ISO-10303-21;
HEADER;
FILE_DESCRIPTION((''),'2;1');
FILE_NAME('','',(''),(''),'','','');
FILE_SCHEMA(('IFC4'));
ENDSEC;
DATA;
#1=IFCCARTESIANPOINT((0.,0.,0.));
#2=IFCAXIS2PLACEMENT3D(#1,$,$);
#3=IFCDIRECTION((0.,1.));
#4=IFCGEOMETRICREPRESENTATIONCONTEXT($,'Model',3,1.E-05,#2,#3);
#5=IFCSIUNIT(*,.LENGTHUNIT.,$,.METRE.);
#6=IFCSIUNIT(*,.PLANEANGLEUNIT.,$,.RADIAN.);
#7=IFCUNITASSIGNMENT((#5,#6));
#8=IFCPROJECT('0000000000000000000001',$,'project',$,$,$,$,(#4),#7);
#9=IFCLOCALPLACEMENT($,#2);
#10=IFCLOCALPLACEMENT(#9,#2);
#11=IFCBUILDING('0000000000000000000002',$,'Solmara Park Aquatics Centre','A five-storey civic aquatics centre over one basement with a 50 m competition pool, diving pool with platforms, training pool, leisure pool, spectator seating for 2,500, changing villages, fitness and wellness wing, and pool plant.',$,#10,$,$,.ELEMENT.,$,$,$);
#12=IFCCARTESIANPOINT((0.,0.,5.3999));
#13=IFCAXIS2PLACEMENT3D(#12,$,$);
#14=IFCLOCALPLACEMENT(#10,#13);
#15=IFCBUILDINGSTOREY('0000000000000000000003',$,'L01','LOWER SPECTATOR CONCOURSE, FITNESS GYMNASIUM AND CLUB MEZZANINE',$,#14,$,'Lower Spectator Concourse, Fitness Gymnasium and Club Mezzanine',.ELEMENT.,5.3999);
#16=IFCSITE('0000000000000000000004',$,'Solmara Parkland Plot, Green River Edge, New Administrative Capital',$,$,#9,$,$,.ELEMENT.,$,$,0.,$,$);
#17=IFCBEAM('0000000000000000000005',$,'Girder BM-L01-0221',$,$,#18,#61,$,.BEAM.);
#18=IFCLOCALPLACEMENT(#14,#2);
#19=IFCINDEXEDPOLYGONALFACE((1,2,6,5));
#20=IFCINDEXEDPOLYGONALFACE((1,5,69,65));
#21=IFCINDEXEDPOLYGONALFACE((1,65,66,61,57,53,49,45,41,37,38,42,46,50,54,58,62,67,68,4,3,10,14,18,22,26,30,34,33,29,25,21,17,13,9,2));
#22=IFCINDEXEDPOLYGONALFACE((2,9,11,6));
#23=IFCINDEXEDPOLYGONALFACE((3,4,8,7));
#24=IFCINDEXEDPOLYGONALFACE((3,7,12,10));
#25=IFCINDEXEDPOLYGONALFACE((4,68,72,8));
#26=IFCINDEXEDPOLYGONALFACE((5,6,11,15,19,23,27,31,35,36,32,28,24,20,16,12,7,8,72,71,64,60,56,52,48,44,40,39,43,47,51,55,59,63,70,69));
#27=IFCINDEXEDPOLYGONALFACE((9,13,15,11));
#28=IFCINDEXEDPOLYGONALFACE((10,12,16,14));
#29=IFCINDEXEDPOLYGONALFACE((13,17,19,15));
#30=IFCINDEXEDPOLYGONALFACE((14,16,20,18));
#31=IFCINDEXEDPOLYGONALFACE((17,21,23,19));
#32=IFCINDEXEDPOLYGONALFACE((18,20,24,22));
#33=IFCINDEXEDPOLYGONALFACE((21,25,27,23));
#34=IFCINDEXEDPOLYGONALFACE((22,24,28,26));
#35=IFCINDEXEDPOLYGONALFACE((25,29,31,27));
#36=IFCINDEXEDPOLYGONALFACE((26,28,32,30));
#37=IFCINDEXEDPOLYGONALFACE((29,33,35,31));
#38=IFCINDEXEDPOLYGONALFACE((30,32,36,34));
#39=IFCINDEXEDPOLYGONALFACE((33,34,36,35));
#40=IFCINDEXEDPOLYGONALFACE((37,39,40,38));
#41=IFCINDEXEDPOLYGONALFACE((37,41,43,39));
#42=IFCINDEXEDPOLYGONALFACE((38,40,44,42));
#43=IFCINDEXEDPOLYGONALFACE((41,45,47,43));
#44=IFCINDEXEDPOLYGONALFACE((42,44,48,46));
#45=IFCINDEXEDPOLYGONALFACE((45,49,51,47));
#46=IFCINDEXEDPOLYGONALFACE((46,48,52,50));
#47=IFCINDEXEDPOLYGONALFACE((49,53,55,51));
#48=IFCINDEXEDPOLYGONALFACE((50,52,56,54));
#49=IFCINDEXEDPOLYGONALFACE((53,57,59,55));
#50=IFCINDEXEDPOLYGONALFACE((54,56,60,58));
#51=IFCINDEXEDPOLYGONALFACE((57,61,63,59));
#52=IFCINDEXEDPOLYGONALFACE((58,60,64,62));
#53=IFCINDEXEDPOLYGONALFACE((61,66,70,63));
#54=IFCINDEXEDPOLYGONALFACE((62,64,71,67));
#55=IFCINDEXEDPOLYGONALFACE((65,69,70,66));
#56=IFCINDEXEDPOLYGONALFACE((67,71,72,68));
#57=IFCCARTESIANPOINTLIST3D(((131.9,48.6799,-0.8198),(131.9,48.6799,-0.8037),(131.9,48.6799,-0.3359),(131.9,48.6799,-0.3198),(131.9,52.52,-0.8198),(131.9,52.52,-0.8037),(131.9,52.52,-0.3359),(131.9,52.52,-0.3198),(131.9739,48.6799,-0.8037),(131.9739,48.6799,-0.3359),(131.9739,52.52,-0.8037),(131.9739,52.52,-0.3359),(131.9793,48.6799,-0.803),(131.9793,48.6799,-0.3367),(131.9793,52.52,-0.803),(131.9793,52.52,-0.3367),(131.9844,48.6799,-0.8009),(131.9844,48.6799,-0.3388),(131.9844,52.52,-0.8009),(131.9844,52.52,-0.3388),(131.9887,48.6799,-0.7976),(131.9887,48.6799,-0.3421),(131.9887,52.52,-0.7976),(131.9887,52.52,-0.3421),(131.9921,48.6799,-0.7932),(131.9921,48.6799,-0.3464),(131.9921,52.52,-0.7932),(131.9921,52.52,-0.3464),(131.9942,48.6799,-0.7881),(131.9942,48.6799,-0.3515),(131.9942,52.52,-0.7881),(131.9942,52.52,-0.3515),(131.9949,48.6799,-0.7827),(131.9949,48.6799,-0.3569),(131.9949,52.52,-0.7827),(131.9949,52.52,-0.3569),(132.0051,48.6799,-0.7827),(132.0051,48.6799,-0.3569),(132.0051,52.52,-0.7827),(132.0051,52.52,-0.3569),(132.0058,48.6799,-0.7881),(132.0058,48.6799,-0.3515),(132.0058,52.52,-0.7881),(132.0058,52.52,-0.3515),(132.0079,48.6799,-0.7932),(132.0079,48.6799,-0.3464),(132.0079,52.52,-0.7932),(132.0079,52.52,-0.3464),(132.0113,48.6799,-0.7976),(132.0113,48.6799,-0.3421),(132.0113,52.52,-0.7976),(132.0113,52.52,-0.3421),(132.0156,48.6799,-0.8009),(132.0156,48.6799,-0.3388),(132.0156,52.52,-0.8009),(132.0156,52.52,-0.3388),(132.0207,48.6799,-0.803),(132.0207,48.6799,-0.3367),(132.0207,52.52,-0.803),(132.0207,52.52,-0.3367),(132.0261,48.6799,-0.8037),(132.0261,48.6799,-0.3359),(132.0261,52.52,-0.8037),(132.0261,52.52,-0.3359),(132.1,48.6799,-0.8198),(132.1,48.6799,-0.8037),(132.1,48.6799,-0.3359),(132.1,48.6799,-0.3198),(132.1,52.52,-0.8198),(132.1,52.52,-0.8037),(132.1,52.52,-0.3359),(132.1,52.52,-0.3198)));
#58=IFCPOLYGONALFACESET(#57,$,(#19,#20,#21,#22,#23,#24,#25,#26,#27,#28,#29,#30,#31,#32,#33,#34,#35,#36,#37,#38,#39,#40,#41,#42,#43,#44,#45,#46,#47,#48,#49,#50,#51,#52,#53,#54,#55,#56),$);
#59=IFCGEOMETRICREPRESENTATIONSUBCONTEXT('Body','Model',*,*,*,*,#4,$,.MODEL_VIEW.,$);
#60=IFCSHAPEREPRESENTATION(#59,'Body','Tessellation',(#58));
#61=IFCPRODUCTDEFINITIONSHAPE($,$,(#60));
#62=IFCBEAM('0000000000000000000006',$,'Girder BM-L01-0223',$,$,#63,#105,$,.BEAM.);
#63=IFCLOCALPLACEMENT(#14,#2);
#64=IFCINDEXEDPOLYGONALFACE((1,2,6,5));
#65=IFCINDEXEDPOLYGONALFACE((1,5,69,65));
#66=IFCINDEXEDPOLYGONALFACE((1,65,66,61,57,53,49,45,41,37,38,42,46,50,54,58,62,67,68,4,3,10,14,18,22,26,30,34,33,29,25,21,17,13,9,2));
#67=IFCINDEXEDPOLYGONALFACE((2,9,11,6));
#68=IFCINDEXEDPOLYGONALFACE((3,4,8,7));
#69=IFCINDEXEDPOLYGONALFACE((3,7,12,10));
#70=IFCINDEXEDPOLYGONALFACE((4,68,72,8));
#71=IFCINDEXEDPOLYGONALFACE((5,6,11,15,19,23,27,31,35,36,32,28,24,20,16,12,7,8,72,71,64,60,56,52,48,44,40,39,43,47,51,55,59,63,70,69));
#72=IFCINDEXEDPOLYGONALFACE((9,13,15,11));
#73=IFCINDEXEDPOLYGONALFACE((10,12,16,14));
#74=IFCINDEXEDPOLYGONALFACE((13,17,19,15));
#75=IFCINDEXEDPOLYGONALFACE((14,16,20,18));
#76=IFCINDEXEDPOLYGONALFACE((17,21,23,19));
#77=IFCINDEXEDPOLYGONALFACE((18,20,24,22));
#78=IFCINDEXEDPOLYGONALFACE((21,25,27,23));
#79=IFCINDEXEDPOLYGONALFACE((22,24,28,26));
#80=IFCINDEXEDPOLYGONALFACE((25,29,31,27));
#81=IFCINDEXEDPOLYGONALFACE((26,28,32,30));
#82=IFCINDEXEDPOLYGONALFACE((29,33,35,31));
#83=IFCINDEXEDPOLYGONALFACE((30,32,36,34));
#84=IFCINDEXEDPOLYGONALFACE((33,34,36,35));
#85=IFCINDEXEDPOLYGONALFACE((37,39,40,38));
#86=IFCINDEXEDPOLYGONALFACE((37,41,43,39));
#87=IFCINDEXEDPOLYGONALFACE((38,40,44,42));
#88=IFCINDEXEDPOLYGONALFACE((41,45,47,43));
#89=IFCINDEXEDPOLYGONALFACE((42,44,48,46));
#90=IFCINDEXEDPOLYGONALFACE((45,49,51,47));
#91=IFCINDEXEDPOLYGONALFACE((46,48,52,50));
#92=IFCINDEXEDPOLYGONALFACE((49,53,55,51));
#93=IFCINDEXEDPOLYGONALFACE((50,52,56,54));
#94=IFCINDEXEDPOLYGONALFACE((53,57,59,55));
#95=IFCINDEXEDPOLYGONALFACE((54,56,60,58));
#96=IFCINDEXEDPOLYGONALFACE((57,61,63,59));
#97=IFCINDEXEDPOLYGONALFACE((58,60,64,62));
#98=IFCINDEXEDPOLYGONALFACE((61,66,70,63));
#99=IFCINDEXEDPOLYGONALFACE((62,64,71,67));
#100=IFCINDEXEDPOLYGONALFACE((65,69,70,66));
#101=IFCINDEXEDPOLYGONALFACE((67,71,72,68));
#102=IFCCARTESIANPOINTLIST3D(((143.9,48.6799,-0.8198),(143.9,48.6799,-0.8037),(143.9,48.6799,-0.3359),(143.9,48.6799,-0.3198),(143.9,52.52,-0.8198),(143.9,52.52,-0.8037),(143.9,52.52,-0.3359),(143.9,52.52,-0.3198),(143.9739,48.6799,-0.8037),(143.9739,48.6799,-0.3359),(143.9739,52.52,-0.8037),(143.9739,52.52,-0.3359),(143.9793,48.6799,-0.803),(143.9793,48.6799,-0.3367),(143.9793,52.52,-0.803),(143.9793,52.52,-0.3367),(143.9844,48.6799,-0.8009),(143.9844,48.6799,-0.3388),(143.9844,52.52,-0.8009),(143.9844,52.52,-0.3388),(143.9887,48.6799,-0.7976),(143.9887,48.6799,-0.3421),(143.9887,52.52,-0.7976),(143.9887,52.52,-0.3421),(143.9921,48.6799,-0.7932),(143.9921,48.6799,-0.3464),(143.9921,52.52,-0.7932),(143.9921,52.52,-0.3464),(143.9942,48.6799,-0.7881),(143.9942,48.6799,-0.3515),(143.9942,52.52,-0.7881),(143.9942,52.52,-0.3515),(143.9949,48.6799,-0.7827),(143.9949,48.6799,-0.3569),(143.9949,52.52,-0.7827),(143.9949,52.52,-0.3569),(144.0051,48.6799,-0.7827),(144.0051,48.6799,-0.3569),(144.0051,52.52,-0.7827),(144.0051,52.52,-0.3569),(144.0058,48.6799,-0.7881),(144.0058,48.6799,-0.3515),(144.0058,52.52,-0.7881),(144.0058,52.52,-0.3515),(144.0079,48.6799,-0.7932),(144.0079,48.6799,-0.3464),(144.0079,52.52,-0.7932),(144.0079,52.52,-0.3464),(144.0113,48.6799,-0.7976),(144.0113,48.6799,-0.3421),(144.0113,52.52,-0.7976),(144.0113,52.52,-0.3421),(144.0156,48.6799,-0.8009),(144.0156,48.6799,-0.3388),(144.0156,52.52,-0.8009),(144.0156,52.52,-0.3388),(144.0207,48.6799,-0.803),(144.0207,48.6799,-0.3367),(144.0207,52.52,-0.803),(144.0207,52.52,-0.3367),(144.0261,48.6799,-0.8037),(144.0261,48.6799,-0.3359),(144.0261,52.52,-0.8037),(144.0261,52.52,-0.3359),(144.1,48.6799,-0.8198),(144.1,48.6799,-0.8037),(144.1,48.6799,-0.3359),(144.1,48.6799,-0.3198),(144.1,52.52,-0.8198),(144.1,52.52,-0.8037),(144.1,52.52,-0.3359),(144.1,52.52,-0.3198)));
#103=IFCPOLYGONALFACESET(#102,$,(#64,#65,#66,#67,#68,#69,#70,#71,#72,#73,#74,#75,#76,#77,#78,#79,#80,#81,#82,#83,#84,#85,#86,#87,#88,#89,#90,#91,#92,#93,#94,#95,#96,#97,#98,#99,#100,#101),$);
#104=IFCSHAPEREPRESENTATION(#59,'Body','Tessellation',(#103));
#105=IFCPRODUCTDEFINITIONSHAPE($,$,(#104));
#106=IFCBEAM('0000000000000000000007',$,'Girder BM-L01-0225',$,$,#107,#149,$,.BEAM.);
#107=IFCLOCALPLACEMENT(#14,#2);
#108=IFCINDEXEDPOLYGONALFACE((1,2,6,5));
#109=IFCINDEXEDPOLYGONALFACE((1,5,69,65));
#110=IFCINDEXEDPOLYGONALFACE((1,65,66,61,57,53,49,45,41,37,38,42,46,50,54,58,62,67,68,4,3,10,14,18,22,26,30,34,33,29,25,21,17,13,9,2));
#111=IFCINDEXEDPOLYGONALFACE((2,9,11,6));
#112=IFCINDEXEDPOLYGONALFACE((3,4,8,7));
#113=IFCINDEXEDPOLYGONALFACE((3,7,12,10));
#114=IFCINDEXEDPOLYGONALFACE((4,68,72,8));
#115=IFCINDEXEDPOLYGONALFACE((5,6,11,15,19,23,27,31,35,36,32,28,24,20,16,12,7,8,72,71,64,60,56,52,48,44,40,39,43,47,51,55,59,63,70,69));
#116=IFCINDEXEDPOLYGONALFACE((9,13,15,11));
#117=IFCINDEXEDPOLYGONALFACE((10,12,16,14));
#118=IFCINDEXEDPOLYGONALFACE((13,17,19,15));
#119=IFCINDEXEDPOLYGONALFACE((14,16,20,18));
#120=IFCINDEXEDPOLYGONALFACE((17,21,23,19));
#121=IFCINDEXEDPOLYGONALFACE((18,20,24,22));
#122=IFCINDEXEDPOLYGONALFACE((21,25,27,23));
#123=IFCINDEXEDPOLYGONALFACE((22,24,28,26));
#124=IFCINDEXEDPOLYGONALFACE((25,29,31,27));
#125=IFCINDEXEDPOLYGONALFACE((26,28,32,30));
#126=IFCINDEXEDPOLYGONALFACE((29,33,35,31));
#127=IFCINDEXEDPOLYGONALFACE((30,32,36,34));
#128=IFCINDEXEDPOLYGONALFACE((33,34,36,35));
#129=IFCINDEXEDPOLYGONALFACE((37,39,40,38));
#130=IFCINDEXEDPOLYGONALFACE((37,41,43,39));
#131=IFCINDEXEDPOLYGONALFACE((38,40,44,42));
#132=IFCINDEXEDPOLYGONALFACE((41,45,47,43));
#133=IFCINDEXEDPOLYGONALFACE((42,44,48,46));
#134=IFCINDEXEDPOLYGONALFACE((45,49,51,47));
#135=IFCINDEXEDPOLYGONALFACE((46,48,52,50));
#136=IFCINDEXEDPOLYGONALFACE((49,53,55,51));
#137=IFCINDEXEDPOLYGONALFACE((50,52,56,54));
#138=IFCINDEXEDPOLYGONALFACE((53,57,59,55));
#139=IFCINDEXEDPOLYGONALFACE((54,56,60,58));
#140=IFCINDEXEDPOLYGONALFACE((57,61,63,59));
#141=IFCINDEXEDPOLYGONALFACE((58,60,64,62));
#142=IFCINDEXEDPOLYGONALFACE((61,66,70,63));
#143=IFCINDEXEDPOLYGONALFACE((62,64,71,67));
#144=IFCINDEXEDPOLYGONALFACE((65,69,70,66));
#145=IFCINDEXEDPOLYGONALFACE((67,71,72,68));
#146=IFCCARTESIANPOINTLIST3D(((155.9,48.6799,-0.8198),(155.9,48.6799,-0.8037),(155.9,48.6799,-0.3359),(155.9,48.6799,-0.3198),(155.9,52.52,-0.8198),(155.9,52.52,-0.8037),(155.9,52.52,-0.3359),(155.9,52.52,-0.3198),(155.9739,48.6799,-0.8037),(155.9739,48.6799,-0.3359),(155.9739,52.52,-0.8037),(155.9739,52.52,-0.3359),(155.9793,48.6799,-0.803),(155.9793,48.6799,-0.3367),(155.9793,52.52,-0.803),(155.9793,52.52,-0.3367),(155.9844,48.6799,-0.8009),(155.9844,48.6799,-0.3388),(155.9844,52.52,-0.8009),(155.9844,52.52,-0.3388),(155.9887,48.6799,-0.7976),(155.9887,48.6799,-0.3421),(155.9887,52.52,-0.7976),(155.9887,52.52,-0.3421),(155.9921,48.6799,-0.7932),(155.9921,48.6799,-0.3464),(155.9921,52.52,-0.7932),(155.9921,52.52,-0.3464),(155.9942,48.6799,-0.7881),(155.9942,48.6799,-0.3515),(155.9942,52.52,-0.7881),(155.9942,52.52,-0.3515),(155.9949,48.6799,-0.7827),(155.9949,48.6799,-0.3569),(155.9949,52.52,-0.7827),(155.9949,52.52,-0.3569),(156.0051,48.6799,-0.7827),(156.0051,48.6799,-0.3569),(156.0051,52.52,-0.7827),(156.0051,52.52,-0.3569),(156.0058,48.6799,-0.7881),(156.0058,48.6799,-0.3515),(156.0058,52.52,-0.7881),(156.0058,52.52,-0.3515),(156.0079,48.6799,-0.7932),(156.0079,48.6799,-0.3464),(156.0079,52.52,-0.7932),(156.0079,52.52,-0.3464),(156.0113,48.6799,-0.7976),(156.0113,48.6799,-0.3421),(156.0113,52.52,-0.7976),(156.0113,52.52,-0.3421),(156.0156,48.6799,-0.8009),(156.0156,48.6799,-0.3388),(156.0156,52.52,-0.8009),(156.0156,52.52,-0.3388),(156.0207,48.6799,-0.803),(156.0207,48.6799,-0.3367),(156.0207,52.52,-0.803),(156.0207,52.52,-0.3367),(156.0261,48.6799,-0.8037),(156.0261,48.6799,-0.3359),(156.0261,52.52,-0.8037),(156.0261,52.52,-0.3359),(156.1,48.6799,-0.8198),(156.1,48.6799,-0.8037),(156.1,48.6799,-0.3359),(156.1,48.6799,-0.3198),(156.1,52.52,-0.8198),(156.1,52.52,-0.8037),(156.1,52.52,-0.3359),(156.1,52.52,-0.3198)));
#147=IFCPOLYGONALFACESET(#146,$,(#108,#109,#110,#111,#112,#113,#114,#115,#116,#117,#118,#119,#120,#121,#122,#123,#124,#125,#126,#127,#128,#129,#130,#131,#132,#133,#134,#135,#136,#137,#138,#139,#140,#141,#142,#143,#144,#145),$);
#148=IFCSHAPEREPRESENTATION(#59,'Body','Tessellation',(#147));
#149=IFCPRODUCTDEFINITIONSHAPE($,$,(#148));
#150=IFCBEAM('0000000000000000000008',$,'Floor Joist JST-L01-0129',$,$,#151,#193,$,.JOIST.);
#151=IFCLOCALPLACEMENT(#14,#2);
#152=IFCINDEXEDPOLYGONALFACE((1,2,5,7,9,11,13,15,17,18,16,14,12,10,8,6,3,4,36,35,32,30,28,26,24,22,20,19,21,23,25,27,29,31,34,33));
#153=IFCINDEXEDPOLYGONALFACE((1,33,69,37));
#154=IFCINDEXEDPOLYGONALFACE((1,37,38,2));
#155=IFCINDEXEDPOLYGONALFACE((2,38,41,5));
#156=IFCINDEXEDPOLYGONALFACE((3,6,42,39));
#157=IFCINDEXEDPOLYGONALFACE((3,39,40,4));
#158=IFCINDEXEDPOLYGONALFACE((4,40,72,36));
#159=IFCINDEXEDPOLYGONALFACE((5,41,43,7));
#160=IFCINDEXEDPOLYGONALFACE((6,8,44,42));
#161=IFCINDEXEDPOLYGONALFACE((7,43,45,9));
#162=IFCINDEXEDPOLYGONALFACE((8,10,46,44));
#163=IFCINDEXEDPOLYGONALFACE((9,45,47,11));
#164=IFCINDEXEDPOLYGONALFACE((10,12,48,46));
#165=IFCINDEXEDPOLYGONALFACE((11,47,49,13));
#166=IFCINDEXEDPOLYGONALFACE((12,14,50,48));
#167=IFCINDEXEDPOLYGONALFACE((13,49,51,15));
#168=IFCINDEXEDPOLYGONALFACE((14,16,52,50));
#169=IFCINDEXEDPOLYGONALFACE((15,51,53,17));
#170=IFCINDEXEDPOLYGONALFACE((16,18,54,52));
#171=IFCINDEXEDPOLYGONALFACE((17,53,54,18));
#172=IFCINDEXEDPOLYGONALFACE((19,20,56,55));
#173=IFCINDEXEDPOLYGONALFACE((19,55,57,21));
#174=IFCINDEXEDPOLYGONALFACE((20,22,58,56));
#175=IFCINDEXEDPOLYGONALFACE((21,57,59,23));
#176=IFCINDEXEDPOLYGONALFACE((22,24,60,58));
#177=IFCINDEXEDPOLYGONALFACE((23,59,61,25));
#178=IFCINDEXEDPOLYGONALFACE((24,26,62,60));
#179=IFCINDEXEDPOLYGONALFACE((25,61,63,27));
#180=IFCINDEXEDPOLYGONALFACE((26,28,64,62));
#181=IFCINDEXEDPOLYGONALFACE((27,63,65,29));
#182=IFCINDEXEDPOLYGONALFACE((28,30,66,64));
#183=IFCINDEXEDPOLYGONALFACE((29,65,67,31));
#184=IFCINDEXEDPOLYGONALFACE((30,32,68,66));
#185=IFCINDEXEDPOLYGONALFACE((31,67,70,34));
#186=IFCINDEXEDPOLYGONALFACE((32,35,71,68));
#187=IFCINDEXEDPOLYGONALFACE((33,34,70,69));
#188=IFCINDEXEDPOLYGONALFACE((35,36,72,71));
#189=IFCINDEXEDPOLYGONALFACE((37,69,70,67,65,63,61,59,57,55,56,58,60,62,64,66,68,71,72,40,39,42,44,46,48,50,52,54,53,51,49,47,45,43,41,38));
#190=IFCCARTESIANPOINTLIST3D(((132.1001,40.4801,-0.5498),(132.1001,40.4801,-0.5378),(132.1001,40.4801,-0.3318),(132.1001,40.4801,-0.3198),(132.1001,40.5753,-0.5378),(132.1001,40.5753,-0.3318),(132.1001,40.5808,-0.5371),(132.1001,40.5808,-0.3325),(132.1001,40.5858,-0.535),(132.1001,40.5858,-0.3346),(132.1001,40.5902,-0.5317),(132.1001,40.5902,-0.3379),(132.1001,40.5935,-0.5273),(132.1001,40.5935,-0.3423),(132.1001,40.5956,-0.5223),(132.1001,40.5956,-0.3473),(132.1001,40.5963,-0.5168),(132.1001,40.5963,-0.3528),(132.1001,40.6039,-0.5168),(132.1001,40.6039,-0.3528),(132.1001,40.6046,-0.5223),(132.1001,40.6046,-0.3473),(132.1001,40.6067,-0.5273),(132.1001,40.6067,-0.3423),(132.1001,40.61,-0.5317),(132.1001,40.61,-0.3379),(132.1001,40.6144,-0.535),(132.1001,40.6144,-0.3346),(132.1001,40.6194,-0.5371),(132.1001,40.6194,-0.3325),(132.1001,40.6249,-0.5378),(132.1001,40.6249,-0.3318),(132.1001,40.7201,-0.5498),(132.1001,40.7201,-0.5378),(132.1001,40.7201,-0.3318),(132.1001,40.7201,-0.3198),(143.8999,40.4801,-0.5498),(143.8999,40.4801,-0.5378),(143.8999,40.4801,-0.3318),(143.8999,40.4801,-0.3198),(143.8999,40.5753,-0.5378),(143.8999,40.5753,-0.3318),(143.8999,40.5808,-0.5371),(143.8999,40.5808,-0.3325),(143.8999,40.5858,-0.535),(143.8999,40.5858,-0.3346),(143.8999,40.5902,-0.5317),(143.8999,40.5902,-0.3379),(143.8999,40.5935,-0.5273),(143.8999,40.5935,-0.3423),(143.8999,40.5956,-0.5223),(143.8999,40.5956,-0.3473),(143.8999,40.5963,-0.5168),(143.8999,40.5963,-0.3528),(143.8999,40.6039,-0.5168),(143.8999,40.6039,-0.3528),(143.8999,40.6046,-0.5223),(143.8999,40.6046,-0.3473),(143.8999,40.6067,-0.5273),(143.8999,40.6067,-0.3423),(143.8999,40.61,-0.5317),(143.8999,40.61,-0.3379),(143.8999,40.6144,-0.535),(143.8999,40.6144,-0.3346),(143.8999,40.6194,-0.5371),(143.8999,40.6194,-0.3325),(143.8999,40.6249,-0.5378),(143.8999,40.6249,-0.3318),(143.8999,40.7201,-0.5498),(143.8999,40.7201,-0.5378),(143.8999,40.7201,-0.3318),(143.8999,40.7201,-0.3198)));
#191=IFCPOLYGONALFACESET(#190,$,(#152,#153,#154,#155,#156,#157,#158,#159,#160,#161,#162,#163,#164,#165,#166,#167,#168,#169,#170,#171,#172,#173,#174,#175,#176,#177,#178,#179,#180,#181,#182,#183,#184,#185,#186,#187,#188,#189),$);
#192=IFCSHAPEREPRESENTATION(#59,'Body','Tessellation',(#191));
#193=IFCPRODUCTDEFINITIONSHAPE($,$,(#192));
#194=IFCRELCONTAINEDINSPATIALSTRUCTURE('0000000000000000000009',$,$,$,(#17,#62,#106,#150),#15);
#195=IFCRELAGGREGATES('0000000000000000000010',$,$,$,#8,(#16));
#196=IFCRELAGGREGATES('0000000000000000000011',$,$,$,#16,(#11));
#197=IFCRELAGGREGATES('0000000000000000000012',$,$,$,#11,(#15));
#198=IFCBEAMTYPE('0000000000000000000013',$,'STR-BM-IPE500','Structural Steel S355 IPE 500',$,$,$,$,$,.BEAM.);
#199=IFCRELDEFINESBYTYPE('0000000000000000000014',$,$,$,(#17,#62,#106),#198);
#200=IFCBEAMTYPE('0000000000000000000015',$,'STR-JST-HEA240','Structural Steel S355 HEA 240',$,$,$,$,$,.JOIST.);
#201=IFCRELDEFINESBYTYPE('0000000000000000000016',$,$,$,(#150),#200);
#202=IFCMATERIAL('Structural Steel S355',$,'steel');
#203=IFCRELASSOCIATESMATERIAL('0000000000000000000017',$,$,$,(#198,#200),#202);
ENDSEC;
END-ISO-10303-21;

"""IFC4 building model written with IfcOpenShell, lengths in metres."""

from ifc_helpers import new_model, si_unit, direction, frame, origin, origin_2d, place, context, subcontext, project, spatial, i_section, extrude, material, material_profile, profile_set, type_object, element, save


model = new_model("IFC4")

# Units and contexts
model_context = context("Model", 3, precision=1e-05, world=origin(), true_north=direction((0.0, 1.0)))
body_context = subcontext(model_context, "Body", "Model", "MODEL_VIEW")
ifc_project = project(units=[si_unit("LENGTHUNIT", "METRE"), si_unit("PLANEANGLEUNIT", "RADIAN")], contexts=[model_context])

# Site, building, storey
site_placement = place(None, origin())
site = spatial("IfcSite", under=ifc_project, at=site_placement, Name="Solmara Parkland Plot, Green River Edge, New Administrative Capital", CompositionType="ELEMENT", RefElevation=0.0)
building_placement = place(site_placement, origin())
building = spatial("IfcBuilding", under=site, at=building_placement, Name="Solmara Park Aquatics Centre", Description="A five-storey civic aquatics centre over one basement with a 50 m competition pool, diving pool with platforms, training pool, leisure pool, spectator seating for 2,500, changing villages, fitness and wellness wing, and pool plant.", CompositionType="ELEMENT")
storey_placement = place(building_placement, frame((0.0, 0.0, 5.3999)))
storey = spatial("IfcBuildingStorey", under=building, at=storey_placement, Name="L01", Description="LOWER SPECTATOR CONCOURSE, FITNESS GYMNASIUM AND CLUB MEZZANINE", LongName="Lower Spectator Concourse, Fitness Gymnasium and Club Mezzanine", CompositionType="ELEMENT", Elevation=5.3999)

# Shared definitions
ifc_material_1 = material(Name="Structural Steel S355", Category="steel")

# Beams
ifc_material_profile_1 = material_profile(ifc_material_1, i_section(OverallWidth=0.2, OverallDepth=0.5, WebThickness=0.0103, FlangeThickness=0.0161, FilletRadius=0.021, at=origin_2d()), Name="IPE 500")
ifc_profile_set_1 = profile_set([ifc_material_profile_1], Name="Structural Steel S355")
beam_type_1 = type_object("IfcBeamType", Name="STR-BM-IPE500", Description="Structural Steel S355 IPE 500", PredefinedType="BEAM", material=ifc_profile_set_1)
for number, where, z_axis, x_axis, name in (
    (1, (132.0, 48.6799, -0.5698), (0.0, 1.0, 0.0), (-1.0, 0.0, 0.0), "Girder BM-L01-0221"),
    (2, (144.0, 48.6799, -0.5698), (0.0, 1.0, 0.0), (-1.0, 0.0, 0.0), "Girder BM-L01-0223"),
    (3, (156.0, 48.6799, -0.5698), (0.0, 1.0, 0.0), (-1.0, 0.0, 0.0), "Girder BM-L01-0225"),
):
    element("IfcBeam", number, at=place(storey_placement, frame(where, z_axis=z_axis, x_axis=x_axis)), inside=storey, type_object=beam_type_1, Name=name, PredefinedType="BEAM", context=body_context, shape_type="SweptSolid", body=[
        extrude(i_section(OverallWidth=0.2, OverallDepth=0.5, WebThickness=0.0103, FlangeThickness=0.0161, FilletRadius=0.021, at=origin_2d()), origin(), (0.0, 0.0, 1.0), 3.8401),
    ])
ifc_material_profile_2 = material_profile(ifc_material_1, i_section(OverallWidth=0.24, OverallDepth=0.23, WebThickness=0.0076, FlangeThickness=0.012, FilletRadius=0.021, at=origin_2d()), Name="HEA 240")
ifc_profile_set_2 = profile_set([ifc_material_profile_2], Name="Structural Steel S355")
beam_type_2 = type_object("IfcBeamType", Name="STR-JST-HEA240", Description="Structural Steel S355 HEA 240", PredefinedType="JOIST", material=ifc_profile_set_2)
beam_1_placement = place(storey_placement, frame((132.1001, 40.6001, -0.4348), z_axis=(1.0, 0.0, 0.0), x_axis=(0.0, 1.0, 0.0)))
element("IfcBeam", 4, at=beam_1_placement, inside=storey, type_object=beam_type_2, Name="Floor Joist JST-L01-0129", PredefinedType="JOIST", context=body_context, shape_type="SweptSolid", body=[
    extrude(i_section(OverallWidth=0.24, OverallDepth=0.23, WebThickness=0.0076, FlangeThickness=0.012, FilletRadius=0.021, at=origin_2d()), origin(), (0.0, 0.0, 1.0), 11.7998),
])

save(model, "model.ifc")
